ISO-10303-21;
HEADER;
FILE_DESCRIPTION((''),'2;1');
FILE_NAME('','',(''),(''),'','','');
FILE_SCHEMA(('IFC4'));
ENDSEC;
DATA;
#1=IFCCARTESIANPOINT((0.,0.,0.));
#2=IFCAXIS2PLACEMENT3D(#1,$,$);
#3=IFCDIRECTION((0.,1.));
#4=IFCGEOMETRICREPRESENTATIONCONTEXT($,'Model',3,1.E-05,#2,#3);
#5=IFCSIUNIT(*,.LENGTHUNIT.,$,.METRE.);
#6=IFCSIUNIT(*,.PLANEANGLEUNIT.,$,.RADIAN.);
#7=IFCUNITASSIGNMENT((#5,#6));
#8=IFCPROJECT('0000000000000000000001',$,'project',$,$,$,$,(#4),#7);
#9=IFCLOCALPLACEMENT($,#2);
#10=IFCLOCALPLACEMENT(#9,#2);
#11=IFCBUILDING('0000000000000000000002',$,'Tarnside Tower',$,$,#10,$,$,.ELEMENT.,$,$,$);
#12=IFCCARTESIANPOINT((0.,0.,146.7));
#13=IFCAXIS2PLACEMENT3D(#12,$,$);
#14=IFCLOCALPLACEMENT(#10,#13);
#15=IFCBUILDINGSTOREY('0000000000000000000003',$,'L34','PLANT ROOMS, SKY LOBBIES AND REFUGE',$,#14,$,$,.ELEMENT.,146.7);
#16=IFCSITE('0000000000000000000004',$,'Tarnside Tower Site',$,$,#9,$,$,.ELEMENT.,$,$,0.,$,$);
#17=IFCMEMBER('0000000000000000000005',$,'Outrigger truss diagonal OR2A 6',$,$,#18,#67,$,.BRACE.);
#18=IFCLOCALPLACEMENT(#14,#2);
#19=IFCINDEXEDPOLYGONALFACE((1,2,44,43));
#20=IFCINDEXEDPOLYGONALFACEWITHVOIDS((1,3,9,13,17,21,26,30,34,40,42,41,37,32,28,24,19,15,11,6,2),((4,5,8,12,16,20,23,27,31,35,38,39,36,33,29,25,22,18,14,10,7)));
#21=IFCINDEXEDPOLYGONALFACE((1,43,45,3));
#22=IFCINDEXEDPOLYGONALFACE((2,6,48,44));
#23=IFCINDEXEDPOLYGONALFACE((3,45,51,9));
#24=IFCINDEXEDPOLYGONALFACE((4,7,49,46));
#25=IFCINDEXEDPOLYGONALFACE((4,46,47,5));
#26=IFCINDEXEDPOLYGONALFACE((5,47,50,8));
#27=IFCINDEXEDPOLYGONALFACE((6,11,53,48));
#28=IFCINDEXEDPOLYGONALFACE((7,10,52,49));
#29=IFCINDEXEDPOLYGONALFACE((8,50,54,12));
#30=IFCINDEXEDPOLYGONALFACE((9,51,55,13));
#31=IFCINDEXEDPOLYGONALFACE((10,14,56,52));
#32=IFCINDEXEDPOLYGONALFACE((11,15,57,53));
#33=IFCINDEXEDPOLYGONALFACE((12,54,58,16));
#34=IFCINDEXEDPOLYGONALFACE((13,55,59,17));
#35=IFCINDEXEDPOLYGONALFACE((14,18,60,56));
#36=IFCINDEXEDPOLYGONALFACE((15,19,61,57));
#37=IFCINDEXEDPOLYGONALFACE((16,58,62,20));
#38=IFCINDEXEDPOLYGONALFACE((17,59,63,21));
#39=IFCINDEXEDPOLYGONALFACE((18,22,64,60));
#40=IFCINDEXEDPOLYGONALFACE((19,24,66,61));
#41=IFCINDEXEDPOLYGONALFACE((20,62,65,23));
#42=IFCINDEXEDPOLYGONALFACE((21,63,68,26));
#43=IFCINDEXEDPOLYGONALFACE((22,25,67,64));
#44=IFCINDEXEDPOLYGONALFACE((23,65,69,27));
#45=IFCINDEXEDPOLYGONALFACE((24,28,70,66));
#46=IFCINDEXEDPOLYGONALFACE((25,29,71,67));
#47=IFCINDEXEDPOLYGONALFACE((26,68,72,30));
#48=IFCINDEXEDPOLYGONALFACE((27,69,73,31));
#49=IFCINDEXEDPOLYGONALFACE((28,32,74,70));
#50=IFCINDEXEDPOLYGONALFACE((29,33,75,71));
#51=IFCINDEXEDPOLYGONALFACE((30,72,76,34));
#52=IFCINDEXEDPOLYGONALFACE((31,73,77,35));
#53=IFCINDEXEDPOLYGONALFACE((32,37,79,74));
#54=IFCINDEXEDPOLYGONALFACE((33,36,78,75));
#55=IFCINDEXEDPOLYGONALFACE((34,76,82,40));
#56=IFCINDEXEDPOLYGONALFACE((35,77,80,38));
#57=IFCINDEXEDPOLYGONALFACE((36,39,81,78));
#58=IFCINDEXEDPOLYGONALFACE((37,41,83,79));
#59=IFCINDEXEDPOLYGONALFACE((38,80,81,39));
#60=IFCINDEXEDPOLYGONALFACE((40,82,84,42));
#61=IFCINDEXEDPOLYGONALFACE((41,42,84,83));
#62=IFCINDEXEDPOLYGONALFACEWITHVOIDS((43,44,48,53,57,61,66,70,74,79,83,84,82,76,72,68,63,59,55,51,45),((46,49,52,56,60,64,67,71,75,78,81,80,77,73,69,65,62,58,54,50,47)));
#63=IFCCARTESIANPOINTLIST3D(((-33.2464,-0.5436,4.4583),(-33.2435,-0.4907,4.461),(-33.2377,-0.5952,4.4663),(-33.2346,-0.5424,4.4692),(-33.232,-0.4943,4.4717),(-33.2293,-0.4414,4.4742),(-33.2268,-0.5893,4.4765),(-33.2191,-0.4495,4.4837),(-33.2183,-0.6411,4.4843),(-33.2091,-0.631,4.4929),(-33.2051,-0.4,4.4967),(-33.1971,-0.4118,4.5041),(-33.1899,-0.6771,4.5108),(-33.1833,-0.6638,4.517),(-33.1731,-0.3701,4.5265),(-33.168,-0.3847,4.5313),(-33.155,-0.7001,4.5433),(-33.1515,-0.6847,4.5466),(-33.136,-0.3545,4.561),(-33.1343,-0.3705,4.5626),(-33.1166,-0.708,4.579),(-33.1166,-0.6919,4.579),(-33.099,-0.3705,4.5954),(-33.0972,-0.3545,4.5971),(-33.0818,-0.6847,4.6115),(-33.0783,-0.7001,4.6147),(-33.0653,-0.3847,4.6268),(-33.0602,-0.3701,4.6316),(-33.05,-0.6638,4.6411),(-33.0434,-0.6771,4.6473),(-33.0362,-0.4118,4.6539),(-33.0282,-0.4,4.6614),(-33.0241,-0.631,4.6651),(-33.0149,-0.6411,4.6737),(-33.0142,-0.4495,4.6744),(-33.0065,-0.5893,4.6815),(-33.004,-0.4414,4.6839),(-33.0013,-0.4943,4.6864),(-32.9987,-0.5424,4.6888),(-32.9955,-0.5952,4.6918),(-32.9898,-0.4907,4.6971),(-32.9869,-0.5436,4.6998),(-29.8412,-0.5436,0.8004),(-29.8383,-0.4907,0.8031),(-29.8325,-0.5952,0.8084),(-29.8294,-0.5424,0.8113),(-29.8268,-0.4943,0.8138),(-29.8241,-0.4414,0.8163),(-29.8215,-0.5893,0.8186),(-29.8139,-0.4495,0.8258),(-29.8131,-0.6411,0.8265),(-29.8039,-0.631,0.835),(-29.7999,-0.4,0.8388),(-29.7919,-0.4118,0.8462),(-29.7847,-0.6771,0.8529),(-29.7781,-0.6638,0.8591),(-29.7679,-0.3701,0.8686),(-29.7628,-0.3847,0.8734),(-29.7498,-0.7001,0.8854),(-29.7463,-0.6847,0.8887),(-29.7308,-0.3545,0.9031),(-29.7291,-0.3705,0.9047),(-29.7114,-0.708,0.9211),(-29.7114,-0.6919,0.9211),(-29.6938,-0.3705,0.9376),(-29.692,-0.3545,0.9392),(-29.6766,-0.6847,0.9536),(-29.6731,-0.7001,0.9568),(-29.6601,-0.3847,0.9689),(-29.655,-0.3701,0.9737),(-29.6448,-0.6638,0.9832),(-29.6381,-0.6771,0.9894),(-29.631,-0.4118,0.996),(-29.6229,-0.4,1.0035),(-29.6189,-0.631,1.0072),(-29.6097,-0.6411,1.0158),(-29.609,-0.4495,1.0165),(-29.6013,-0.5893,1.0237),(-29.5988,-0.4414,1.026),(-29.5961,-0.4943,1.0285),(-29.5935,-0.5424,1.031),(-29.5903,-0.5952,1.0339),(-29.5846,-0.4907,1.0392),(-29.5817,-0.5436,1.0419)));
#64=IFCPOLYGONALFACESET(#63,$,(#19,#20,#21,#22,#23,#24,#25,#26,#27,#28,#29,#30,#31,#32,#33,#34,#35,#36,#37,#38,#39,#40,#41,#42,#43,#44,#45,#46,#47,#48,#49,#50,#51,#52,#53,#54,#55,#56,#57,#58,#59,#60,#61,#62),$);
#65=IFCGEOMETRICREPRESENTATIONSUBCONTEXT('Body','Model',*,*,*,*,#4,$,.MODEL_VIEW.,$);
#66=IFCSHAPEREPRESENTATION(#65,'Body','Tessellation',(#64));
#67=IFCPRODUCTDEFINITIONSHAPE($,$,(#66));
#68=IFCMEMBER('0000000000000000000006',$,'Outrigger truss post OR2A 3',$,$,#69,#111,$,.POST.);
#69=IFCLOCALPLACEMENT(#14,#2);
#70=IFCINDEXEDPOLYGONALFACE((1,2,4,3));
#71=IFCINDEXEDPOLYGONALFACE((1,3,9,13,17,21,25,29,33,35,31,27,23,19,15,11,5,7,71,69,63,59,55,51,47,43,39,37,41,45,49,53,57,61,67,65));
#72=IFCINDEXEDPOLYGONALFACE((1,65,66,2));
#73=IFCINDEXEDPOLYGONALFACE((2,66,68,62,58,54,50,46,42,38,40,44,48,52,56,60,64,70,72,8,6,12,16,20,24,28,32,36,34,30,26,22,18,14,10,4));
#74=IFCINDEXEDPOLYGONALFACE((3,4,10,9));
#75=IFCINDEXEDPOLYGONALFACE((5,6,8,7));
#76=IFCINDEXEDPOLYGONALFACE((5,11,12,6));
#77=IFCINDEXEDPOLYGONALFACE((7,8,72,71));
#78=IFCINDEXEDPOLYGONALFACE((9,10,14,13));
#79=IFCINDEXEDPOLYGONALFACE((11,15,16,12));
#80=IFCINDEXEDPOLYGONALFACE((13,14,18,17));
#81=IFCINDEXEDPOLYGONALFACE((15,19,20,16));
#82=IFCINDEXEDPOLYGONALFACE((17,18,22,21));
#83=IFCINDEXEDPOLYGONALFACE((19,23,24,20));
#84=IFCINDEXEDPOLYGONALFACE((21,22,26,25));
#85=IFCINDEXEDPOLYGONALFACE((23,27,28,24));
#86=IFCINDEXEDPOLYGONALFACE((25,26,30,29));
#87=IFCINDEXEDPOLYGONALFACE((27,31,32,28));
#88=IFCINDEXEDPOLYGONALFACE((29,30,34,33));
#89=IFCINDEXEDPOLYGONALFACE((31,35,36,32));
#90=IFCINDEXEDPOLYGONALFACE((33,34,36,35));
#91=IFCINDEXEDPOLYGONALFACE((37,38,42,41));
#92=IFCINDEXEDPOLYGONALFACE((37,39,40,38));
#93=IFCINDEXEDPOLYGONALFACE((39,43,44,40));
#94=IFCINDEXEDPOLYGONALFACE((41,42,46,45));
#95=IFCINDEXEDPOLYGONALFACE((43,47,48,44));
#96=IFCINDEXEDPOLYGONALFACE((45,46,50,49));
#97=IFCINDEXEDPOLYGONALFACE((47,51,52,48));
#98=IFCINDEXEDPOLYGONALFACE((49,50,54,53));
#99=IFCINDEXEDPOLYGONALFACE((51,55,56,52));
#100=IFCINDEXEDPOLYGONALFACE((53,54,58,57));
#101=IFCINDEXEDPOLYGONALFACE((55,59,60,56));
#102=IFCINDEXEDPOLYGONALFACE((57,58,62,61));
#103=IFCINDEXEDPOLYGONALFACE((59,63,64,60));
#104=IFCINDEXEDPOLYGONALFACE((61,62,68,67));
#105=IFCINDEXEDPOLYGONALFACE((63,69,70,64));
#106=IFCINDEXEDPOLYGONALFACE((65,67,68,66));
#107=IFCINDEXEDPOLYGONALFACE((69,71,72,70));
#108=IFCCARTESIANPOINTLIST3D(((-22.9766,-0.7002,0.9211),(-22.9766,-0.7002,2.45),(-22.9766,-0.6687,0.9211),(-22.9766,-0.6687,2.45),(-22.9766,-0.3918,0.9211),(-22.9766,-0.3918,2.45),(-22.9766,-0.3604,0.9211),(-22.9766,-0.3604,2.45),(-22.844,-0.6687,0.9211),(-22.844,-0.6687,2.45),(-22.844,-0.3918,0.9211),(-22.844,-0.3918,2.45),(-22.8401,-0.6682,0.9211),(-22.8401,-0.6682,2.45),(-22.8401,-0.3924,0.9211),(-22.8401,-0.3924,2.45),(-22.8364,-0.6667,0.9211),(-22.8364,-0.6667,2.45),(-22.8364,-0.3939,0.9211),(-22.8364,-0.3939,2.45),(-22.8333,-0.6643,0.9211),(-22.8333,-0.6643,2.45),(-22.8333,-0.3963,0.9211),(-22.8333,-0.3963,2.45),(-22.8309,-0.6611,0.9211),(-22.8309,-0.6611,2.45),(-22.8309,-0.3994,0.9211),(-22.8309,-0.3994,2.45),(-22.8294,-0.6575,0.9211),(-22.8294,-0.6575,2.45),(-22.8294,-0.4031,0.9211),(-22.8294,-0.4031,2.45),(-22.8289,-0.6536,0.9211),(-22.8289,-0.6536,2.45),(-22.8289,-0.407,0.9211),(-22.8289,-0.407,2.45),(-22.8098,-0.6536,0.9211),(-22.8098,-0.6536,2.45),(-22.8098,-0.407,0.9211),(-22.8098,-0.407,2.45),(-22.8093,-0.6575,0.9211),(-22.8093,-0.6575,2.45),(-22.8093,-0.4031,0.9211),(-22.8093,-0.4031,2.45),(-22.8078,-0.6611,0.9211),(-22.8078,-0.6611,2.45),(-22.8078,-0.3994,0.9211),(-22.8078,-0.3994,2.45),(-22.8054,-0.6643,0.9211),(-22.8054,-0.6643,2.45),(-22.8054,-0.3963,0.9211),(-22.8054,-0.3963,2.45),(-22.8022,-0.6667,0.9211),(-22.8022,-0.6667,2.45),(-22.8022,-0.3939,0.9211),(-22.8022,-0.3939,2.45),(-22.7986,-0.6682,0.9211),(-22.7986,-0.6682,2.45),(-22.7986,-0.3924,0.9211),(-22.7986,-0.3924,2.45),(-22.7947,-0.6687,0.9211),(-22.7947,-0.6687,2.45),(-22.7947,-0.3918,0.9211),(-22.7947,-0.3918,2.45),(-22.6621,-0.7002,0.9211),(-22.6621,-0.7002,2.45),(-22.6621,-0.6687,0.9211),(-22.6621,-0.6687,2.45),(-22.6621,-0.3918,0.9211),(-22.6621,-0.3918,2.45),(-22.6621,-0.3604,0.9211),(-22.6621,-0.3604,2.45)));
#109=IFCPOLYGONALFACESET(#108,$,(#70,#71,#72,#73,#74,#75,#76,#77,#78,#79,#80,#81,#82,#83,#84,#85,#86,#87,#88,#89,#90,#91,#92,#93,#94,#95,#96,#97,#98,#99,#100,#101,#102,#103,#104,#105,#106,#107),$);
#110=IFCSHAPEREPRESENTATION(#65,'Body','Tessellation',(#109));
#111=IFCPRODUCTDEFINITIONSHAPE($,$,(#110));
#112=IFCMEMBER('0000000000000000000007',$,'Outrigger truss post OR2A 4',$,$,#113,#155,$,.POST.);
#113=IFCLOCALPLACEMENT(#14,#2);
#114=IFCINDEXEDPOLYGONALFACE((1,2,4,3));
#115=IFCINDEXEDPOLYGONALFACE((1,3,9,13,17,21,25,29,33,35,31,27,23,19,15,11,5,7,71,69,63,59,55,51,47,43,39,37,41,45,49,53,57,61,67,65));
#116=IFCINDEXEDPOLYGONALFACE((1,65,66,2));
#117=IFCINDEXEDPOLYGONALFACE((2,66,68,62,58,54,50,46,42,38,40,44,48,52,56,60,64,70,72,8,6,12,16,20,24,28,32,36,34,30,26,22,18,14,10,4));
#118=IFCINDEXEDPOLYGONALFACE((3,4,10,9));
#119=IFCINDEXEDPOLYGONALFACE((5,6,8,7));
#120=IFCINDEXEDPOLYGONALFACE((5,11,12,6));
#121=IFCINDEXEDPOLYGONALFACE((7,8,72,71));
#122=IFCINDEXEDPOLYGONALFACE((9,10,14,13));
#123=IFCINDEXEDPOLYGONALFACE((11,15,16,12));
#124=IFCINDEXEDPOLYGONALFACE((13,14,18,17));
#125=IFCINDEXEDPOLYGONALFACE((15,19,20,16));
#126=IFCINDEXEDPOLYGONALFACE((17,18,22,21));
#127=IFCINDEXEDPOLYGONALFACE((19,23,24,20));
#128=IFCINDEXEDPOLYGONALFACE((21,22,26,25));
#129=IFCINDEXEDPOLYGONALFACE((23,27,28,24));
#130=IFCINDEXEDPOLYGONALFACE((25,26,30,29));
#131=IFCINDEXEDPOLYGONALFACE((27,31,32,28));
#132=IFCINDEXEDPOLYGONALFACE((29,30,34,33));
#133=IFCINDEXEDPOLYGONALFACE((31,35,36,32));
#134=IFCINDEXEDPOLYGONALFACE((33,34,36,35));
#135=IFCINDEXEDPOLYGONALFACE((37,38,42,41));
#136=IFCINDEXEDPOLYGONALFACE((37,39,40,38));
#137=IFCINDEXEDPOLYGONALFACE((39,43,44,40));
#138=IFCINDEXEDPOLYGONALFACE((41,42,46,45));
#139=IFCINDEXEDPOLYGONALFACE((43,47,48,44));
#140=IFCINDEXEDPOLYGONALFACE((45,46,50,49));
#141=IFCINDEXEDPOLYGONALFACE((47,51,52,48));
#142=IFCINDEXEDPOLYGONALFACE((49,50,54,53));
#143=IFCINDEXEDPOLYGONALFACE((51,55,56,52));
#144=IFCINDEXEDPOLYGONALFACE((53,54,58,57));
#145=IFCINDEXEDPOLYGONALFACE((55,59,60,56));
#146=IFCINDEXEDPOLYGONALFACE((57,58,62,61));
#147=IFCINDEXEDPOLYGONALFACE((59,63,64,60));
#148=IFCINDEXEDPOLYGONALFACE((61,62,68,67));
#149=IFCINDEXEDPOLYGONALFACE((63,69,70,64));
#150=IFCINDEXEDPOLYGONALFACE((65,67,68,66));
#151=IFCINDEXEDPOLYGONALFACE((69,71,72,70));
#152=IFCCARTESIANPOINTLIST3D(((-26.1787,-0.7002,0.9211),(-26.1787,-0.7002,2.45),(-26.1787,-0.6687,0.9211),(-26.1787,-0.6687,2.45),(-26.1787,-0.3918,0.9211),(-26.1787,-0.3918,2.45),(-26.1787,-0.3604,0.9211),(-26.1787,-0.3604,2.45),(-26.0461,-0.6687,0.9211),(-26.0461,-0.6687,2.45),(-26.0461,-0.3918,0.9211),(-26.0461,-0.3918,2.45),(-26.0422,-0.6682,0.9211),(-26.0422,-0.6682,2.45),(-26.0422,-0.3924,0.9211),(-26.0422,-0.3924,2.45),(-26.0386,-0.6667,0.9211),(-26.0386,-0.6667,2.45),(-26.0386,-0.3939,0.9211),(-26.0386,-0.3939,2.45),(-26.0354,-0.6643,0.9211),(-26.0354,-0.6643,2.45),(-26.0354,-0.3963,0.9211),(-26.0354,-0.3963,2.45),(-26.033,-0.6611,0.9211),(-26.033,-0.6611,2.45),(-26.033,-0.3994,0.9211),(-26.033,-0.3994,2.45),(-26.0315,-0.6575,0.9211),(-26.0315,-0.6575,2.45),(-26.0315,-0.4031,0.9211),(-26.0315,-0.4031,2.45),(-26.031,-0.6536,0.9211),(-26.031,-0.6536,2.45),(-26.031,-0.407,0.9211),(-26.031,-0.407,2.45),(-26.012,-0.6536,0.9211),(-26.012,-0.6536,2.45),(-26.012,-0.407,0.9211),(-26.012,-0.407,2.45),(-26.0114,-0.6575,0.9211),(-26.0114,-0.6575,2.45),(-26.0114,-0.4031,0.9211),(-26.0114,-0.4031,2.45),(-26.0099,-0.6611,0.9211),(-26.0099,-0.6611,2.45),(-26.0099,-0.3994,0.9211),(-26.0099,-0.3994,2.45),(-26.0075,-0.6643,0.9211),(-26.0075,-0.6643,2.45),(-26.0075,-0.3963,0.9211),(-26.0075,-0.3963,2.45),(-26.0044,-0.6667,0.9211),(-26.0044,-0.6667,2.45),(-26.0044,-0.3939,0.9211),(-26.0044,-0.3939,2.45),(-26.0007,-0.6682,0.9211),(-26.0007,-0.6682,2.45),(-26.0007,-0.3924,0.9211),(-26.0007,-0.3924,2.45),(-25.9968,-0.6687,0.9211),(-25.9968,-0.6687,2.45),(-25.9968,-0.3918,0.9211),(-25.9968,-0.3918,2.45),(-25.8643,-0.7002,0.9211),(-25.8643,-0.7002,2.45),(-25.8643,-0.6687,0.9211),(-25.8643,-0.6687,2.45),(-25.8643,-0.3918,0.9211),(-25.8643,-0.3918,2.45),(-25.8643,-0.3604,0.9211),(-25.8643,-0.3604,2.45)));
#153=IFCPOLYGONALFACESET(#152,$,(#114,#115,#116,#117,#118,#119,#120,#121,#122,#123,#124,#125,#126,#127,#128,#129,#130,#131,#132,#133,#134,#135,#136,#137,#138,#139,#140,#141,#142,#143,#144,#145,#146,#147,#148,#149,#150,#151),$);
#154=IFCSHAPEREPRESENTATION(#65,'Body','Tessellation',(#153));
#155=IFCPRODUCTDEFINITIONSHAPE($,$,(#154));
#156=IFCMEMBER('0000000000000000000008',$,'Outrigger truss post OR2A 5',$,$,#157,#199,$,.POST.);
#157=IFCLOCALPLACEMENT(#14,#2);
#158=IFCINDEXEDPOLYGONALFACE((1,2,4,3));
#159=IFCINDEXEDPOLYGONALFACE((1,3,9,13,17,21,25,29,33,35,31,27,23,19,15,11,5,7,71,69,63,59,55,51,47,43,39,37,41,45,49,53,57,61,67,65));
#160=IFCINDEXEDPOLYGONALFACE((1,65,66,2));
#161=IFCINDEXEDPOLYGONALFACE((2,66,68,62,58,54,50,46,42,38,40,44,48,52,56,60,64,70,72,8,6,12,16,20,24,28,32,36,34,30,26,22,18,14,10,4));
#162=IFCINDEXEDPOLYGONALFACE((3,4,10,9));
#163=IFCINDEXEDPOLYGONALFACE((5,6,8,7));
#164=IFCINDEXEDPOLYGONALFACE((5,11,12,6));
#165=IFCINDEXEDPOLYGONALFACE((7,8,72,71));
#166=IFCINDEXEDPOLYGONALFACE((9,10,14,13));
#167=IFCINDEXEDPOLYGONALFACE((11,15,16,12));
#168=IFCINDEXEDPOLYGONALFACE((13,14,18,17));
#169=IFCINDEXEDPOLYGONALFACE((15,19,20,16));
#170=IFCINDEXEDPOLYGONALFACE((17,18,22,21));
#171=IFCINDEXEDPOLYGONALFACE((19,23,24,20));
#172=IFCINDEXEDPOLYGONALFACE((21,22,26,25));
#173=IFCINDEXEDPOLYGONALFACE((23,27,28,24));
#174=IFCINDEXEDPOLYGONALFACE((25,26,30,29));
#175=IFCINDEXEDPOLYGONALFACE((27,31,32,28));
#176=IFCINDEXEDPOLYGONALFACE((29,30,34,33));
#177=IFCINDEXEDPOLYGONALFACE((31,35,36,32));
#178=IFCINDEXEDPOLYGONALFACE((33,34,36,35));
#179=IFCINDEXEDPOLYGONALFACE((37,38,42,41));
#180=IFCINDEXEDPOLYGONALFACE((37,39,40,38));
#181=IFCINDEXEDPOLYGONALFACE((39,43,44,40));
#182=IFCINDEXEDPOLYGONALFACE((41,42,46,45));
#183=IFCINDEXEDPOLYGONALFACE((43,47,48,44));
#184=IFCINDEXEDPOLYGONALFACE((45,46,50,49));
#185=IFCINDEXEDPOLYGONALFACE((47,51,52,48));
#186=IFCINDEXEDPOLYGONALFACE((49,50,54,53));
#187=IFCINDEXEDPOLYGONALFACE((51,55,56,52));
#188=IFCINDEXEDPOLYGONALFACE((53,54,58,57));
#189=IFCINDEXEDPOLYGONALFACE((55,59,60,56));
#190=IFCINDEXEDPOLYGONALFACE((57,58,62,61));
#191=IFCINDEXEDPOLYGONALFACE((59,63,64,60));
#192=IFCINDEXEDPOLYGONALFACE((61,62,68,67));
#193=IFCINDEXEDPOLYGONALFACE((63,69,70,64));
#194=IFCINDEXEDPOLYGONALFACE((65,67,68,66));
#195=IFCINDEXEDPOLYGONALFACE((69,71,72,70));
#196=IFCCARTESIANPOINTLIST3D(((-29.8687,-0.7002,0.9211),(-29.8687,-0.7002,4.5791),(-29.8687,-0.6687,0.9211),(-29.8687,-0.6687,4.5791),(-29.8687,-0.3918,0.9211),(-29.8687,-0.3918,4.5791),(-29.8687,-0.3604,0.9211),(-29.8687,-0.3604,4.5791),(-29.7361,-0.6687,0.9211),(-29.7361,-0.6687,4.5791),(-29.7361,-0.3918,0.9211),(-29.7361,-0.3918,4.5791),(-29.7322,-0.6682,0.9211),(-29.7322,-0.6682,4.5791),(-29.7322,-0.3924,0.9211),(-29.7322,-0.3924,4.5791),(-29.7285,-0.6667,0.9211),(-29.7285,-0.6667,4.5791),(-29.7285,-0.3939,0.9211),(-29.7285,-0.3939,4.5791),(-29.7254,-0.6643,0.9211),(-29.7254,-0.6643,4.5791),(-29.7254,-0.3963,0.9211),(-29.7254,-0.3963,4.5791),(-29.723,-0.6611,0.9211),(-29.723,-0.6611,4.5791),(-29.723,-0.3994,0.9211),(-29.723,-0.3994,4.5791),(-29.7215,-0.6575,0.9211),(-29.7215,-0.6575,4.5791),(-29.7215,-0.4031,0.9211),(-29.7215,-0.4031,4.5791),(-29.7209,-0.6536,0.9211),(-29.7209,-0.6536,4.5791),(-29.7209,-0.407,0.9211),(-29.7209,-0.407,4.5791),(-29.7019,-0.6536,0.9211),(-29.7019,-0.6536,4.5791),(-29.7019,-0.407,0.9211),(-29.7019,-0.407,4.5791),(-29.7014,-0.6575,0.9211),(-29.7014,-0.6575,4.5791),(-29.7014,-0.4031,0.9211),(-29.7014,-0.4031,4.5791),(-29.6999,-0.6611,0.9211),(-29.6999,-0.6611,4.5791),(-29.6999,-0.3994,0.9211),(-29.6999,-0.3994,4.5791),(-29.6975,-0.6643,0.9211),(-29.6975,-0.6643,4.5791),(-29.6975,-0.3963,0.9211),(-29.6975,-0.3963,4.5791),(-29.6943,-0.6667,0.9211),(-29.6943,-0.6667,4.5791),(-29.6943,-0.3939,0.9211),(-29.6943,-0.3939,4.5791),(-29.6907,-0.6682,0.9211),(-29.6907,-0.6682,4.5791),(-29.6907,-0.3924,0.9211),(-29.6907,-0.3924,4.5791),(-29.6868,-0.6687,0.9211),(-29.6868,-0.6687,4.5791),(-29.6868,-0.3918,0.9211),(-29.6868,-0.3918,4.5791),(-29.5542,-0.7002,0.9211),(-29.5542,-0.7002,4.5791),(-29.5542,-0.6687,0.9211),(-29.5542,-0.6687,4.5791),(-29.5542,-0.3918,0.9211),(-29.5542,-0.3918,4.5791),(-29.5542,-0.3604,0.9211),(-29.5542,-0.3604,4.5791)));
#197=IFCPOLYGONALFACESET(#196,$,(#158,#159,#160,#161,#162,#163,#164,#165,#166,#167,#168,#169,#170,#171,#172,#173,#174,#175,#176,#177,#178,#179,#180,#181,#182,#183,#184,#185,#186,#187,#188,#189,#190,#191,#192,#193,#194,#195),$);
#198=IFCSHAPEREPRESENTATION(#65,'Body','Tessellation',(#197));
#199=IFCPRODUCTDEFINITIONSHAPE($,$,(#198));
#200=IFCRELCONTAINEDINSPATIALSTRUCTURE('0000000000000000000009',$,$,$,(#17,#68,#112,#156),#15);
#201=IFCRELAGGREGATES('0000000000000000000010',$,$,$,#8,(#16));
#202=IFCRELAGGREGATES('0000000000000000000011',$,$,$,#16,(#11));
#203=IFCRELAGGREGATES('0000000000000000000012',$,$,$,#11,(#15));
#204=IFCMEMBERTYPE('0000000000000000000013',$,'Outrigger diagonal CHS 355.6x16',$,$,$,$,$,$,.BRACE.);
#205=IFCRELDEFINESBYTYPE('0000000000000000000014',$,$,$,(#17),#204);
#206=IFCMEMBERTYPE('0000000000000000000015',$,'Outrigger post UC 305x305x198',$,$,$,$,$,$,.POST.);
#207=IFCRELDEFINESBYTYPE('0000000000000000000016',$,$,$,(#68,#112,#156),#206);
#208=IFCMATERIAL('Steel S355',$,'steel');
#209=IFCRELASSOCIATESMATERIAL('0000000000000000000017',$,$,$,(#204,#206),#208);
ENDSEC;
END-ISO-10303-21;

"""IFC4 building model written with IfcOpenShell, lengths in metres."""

from ifc_helpers import new_model, si_unit, direction, frame, origin, origin_2d, place, context, subcontext, project, spatial, hollow_circle, i_section, extrude, material, material_profile, profile_set, type_object, element, save


model = new_model("IFC4")

# Units and contexts
model_context = context("Model", 3, precision=1e-05, world=origin(), true_north=direction((0.0, 1.0)))
body_context = subcontext(model_context, "Body", "Model", "MODEL_VIEW")
ifc_project = project(units=[si_unit("LENGTHUNIT", "METRE"), si_unit("PLANEANGLEUNIT", "RADIAN")], contexts=[model_context])

# Site, building, storey
site_placement = place(None, origin())
site = spatial("IfcSite", under=ifc_project, at=site_placement, Name="Tarnside Tower Site", CompositionType="ELEMENT", RefElevation=0.0)
building_placement = place(site_placement, origin())
building = spatial("IfcBuilding", under=site, at=building_placement, Name="Tarnside Tower", CompositionType="ELEMENT")
storey_placement = place(building_placement, frame((0.0, 0.0, 146.7)))
storey = spatial("IfcBuildingStorey", under=building, at=storey_placement, Name="L34", Description="PLANT ROOMS, SKY LOBBIES AND REFUGE", CompositionType="ELEMENT", Elevation=146.7)

# Shared definitions
ifc_material_1 = material(Name="Steel S355", Category="steel")

# Members
ifc_material_profile_1 = material_profile(ifc_material_1, hollow_circle(Radius=0.1777, WallThickness=0.0161, at=origin_2d()), Name="CHS 355.6x16")
ifc_profile_set_1 = profile_set([ifc_material_profile_1], Name="Steel S355")
member_type_1 = type_object("IfcMemberType", Name="Outrigger diagonal CHS 355.6x16", PredefinedType="BRACE", material=ifc_profile_set_1)
member_1_placement = place(storey_placement, frame((-29.7114, -0.5303, 0.9211), z_axis=(-0.681374, 0.0, 0.731935), x_axis=(0.0, -1.0, 0.0)))
element("IfcMember", 1, at=member_1_placement, inside=storey, type_object=member_type_1, Name="Outrigger truss diagonal OR2A 6", PredefinedType="BRACE", context=body_context, shape_type="SweptSolid", body=[
    extrude(hollow_circle(Radius=0.1777, WallThickness=0.0161, at=origin_2d()), origin(), (0.0, 0.0, 1.0), 4.9976),
])
ifc_material_profile_2 = material_profile(ifc_material_1, i_section(OverallWidth=0.3145, OverallDepth=0.3398, WebThickness=0.019, FlangeThickness=0.0315, FilletRadius=0.0151, at=origin_2d()), Name="UC 305x305x198")
ifc_profile_set_2 = profile_set([ifc_material_profile_2], Name="Steel S355")
member_type_2 = type_object("IfcMemberType", Name="Outrigger post UC 305x305x198", PredefinedType="POST", material=ifc_profile_set_2)
for number, where, z_axis, x_axis, name in (
    (2, (-22.8193, -0.5303, 0.9211), (0.0, 0.0, 1.0), (-1.0, 0.0, 0.0), "Outrigger truss post OR2A 3"),
    (3, (-26.0215, -0.5303, 0.9211), (0.0, 0.0, 1.0), (-1.0, 0.0, 0.0), "Outrigger truss post OR2A 4"),
):
    element("IfcMember", number, at=place(storey_placement, frame(where, z_axis=z_axis, x_axis=x_axis)), inside=storey, type_object=member_type_2, Name=name, PredefinedType="POST", context=body_context, shape_type="SweptSolid", body=[
        extrude(i_section(OverallWidth=0.3145, OverallDepth=0.3398, WebThickness=0.019, FlangeThickness=0.0315, FilletRadius=0.0151, at=origin_2d()), origin(), (0.0, 0.0, 1.0), 1.5288),
    ])
member_2_placement = place(storey_placement, frame((-29.7114, -0.5303, 0.9211), z_axis=(0.0, 0.0, 1.0), x_axis=(-1.0, 0.0, 0.0)))
element("IfcMember", 4, at=member_2_placement, inside=storey, type_object=member_type_2, Name="Outrigger truss post OR2A 5", PredefinedType="POST", context=body_context, shape_type="SweptSolid", body=[
    extrude(i_section(OverallWidth=0.3145, OverallDepth=0.3398, WebThickness=0.019, FlangeThickness=0.0315, FilletRadius=0.0151, at=origin_2d()), origin(), (0.0, 0.0, 1.0), 3.658),
])

save(model, "model.ifc")
